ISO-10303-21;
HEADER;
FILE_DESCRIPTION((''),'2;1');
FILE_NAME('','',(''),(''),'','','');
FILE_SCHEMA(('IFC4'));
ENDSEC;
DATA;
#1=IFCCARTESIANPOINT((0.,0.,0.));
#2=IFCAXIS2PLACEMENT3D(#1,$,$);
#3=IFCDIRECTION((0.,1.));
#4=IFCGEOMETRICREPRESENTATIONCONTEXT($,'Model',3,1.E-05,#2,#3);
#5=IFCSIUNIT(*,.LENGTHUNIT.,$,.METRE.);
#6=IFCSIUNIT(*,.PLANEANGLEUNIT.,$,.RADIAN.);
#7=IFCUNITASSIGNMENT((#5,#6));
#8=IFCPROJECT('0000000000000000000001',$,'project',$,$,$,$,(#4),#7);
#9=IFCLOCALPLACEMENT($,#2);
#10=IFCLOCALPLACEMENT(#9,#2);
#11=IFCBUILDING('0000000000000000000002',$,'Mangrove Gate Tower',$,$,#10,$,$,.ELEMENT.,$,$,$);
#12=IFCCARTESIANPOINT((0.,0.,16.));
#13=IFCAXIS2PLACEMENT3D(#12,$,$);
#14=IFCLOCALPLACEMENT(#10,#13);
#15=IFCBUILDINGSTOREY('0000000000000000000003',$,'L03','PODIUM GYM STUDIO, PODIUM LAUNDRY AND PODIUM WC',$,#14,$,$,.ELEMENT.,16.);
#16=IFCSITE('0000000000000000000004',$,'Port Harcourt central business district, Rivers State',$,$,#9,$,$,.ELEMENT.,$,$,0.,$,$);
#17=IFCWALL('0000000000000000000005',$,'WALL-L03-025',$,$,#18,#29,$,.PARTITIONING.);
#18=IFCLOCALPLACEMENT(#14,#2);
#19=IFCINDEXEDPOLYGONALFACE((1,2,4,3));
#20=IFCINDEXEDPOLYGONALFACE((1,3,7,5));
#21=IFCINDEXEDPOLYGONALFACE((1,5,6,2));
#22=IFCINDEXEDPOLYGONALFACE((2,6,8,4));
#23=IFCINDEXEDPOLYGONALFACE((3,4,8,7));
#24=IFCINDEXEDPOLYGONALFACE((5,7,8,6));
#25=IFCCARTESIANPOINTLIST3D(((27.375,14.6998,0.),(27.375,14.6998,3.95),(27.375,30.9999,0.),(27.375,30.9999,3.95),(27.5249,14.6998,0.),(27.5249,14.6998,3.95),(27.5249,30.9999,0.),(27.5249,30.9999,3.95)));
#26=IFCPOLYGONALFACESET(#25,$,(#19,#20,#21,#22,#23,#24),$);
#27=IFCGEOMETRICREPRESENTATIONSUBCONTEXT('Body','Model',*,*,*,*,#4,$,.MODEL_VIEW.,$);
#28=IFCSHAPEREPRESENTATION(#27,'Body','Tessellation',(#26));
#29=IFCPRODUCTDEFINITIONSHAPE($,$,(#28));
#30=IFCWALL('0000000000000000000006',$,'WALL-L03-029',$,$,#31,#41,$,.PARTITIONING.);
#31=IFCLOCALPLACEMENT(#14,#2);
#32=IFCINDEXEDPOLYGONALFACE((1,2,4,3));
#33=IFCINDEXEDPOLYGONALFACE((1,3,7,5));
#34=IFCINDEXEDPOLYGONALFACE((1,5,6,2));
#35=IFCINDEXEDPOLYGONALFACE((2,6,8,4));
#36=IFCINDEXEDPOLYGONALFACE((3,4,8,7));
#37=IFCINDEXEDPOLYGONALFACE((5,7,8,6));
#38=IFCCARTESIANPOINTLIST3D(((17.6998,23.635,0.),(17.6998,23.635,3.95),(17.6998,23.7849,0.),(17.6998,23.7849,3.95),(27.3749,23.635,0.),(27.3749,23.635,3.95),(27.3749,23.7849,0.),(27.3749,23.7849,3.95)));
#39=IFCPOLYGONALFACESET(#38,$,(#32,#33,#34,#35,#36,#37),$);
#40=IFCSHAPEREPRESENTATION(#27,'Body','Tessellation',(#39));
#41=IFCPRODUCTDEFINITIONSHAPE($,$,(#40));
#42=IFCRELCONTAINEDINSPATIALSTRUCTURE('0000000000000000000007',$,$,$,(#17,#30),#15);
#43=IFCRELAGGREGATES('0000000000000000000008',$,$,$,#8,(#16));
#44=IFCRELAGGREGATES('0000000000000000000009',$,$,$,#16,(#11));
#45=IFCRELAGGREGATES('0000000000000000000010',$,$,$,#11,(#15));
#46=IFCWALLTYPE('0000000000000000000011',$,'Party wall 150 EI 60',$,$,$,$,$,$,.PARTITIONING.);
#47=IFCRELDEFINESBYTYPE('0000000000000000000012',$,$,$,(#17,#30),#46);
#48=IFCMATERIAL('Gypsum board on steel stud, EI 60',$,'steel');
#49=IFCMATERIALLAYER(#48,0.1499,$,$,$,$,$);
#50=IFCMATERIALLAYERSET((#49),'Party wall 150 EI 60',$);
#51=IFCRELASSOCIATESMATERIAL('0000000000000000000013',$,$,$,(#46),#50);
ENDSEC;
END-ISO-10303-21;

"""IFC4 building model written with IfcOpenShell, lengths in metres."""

from ifc_helpers import new_model, si_unit, direction, frame, frame_2d, origin, place, context, subcontext, project, spatial, rectangle, extrude, material, layer, layer_set, type_object, element, save


model = new_model("IFC4")

# Units and contexts
model_context = context("Model", 3, precision=1e-05, world=origin(), true_north=direction((0.0, 1.0)))
body_context = subcontext(model_context, "Body", "Model", "MODEL_VIEW")
ifc_project = project(units=[si_unit("LENGTHUNIT", "METRE"), si_unit("PLANEANGLEUNIT", "RADIAN")], contexts=[model_context])

# Site, building, storey
site_placement = place(None, origin())
site = spatial("IfcSite", under=ifc_project, at=site_placement, Name="Port Harcourt central business district, Rivers State", CompositionType="ELEMENT", RefElevation=0.0)
building_placement = place(site_placement, origin())
building = spatial("IfcBuilding", under=site, at=building_placement, Name="Mangrove Gate Tower", CompositionType="ELEMENT")
storey_placement = place(building_placement, frame((0.0, 0.0, 16.0)))
storey = spatial("IfcBuildingStorey", under=building, at=storey_placement, Name="L03", Description="PODIUM GYM STUDIO, PODIUM LAUNDRY AND PODIUM WC", CompositionType="ELEMENT", Elevation=16.0)

# Walls
ifc_material_1 = material(Name="Gypsum board on steel stud, EI 60", Category="steel")
ifc_layer_1 = layer(ifc_material_1, 0.1499)
ifc_layer_set_1 = layer_set([ifc_layer_1], Name="Party wall 150 EI 60")
wall_type_1 = type_object("IfcWallType", Name="Party wall 150 EI 60", PredefinedType="PARTITIONING", material=ifc_layer_set_1)
wall_1_placement = place(storey_placement, frame((27.45, 14.7, 0.0), z_axis=(0.0, 0.0, 1.0), x_axis=(0.0, 1.0, 0.0)))
element("IfcWall", 1, at=wall_1_placement, inside=storey, type_object=wall_type_1, Name="WALL-L03-025", PredefinedType="PARTITIONING", context=body_context, shape_type="SweptSolid", body=[
    extrude(rectangle(XDim=16.3, YDim=0.1499, at=frame_2d((8.1499, 0.0))), origin(), (0.0, 0.0, 1.0), 3.95),
])
wall_2_placement = place(storey_placement, frame((17.7, 23.71, 0.0), z_axis=(0.0, 0.0, 1.0), x_axis=(1.0, 0.0, 0.0)))
element("IfcWall", 2, at=wall_2_placement, inside=storey, type_object=wall_type_1, Name="WALL-L03-029", PredefinedType="PARTITIONING", context=body_context, shape_type="SweptSolid", body=[
    extrude(rectangle(XDim=9.675, YDim=0.1499, at=frame_2d((4.8374, 0.0))), origin(), (0.0, 0.0, 1.0), 3.95),
])

save(model, "model.ifc")
